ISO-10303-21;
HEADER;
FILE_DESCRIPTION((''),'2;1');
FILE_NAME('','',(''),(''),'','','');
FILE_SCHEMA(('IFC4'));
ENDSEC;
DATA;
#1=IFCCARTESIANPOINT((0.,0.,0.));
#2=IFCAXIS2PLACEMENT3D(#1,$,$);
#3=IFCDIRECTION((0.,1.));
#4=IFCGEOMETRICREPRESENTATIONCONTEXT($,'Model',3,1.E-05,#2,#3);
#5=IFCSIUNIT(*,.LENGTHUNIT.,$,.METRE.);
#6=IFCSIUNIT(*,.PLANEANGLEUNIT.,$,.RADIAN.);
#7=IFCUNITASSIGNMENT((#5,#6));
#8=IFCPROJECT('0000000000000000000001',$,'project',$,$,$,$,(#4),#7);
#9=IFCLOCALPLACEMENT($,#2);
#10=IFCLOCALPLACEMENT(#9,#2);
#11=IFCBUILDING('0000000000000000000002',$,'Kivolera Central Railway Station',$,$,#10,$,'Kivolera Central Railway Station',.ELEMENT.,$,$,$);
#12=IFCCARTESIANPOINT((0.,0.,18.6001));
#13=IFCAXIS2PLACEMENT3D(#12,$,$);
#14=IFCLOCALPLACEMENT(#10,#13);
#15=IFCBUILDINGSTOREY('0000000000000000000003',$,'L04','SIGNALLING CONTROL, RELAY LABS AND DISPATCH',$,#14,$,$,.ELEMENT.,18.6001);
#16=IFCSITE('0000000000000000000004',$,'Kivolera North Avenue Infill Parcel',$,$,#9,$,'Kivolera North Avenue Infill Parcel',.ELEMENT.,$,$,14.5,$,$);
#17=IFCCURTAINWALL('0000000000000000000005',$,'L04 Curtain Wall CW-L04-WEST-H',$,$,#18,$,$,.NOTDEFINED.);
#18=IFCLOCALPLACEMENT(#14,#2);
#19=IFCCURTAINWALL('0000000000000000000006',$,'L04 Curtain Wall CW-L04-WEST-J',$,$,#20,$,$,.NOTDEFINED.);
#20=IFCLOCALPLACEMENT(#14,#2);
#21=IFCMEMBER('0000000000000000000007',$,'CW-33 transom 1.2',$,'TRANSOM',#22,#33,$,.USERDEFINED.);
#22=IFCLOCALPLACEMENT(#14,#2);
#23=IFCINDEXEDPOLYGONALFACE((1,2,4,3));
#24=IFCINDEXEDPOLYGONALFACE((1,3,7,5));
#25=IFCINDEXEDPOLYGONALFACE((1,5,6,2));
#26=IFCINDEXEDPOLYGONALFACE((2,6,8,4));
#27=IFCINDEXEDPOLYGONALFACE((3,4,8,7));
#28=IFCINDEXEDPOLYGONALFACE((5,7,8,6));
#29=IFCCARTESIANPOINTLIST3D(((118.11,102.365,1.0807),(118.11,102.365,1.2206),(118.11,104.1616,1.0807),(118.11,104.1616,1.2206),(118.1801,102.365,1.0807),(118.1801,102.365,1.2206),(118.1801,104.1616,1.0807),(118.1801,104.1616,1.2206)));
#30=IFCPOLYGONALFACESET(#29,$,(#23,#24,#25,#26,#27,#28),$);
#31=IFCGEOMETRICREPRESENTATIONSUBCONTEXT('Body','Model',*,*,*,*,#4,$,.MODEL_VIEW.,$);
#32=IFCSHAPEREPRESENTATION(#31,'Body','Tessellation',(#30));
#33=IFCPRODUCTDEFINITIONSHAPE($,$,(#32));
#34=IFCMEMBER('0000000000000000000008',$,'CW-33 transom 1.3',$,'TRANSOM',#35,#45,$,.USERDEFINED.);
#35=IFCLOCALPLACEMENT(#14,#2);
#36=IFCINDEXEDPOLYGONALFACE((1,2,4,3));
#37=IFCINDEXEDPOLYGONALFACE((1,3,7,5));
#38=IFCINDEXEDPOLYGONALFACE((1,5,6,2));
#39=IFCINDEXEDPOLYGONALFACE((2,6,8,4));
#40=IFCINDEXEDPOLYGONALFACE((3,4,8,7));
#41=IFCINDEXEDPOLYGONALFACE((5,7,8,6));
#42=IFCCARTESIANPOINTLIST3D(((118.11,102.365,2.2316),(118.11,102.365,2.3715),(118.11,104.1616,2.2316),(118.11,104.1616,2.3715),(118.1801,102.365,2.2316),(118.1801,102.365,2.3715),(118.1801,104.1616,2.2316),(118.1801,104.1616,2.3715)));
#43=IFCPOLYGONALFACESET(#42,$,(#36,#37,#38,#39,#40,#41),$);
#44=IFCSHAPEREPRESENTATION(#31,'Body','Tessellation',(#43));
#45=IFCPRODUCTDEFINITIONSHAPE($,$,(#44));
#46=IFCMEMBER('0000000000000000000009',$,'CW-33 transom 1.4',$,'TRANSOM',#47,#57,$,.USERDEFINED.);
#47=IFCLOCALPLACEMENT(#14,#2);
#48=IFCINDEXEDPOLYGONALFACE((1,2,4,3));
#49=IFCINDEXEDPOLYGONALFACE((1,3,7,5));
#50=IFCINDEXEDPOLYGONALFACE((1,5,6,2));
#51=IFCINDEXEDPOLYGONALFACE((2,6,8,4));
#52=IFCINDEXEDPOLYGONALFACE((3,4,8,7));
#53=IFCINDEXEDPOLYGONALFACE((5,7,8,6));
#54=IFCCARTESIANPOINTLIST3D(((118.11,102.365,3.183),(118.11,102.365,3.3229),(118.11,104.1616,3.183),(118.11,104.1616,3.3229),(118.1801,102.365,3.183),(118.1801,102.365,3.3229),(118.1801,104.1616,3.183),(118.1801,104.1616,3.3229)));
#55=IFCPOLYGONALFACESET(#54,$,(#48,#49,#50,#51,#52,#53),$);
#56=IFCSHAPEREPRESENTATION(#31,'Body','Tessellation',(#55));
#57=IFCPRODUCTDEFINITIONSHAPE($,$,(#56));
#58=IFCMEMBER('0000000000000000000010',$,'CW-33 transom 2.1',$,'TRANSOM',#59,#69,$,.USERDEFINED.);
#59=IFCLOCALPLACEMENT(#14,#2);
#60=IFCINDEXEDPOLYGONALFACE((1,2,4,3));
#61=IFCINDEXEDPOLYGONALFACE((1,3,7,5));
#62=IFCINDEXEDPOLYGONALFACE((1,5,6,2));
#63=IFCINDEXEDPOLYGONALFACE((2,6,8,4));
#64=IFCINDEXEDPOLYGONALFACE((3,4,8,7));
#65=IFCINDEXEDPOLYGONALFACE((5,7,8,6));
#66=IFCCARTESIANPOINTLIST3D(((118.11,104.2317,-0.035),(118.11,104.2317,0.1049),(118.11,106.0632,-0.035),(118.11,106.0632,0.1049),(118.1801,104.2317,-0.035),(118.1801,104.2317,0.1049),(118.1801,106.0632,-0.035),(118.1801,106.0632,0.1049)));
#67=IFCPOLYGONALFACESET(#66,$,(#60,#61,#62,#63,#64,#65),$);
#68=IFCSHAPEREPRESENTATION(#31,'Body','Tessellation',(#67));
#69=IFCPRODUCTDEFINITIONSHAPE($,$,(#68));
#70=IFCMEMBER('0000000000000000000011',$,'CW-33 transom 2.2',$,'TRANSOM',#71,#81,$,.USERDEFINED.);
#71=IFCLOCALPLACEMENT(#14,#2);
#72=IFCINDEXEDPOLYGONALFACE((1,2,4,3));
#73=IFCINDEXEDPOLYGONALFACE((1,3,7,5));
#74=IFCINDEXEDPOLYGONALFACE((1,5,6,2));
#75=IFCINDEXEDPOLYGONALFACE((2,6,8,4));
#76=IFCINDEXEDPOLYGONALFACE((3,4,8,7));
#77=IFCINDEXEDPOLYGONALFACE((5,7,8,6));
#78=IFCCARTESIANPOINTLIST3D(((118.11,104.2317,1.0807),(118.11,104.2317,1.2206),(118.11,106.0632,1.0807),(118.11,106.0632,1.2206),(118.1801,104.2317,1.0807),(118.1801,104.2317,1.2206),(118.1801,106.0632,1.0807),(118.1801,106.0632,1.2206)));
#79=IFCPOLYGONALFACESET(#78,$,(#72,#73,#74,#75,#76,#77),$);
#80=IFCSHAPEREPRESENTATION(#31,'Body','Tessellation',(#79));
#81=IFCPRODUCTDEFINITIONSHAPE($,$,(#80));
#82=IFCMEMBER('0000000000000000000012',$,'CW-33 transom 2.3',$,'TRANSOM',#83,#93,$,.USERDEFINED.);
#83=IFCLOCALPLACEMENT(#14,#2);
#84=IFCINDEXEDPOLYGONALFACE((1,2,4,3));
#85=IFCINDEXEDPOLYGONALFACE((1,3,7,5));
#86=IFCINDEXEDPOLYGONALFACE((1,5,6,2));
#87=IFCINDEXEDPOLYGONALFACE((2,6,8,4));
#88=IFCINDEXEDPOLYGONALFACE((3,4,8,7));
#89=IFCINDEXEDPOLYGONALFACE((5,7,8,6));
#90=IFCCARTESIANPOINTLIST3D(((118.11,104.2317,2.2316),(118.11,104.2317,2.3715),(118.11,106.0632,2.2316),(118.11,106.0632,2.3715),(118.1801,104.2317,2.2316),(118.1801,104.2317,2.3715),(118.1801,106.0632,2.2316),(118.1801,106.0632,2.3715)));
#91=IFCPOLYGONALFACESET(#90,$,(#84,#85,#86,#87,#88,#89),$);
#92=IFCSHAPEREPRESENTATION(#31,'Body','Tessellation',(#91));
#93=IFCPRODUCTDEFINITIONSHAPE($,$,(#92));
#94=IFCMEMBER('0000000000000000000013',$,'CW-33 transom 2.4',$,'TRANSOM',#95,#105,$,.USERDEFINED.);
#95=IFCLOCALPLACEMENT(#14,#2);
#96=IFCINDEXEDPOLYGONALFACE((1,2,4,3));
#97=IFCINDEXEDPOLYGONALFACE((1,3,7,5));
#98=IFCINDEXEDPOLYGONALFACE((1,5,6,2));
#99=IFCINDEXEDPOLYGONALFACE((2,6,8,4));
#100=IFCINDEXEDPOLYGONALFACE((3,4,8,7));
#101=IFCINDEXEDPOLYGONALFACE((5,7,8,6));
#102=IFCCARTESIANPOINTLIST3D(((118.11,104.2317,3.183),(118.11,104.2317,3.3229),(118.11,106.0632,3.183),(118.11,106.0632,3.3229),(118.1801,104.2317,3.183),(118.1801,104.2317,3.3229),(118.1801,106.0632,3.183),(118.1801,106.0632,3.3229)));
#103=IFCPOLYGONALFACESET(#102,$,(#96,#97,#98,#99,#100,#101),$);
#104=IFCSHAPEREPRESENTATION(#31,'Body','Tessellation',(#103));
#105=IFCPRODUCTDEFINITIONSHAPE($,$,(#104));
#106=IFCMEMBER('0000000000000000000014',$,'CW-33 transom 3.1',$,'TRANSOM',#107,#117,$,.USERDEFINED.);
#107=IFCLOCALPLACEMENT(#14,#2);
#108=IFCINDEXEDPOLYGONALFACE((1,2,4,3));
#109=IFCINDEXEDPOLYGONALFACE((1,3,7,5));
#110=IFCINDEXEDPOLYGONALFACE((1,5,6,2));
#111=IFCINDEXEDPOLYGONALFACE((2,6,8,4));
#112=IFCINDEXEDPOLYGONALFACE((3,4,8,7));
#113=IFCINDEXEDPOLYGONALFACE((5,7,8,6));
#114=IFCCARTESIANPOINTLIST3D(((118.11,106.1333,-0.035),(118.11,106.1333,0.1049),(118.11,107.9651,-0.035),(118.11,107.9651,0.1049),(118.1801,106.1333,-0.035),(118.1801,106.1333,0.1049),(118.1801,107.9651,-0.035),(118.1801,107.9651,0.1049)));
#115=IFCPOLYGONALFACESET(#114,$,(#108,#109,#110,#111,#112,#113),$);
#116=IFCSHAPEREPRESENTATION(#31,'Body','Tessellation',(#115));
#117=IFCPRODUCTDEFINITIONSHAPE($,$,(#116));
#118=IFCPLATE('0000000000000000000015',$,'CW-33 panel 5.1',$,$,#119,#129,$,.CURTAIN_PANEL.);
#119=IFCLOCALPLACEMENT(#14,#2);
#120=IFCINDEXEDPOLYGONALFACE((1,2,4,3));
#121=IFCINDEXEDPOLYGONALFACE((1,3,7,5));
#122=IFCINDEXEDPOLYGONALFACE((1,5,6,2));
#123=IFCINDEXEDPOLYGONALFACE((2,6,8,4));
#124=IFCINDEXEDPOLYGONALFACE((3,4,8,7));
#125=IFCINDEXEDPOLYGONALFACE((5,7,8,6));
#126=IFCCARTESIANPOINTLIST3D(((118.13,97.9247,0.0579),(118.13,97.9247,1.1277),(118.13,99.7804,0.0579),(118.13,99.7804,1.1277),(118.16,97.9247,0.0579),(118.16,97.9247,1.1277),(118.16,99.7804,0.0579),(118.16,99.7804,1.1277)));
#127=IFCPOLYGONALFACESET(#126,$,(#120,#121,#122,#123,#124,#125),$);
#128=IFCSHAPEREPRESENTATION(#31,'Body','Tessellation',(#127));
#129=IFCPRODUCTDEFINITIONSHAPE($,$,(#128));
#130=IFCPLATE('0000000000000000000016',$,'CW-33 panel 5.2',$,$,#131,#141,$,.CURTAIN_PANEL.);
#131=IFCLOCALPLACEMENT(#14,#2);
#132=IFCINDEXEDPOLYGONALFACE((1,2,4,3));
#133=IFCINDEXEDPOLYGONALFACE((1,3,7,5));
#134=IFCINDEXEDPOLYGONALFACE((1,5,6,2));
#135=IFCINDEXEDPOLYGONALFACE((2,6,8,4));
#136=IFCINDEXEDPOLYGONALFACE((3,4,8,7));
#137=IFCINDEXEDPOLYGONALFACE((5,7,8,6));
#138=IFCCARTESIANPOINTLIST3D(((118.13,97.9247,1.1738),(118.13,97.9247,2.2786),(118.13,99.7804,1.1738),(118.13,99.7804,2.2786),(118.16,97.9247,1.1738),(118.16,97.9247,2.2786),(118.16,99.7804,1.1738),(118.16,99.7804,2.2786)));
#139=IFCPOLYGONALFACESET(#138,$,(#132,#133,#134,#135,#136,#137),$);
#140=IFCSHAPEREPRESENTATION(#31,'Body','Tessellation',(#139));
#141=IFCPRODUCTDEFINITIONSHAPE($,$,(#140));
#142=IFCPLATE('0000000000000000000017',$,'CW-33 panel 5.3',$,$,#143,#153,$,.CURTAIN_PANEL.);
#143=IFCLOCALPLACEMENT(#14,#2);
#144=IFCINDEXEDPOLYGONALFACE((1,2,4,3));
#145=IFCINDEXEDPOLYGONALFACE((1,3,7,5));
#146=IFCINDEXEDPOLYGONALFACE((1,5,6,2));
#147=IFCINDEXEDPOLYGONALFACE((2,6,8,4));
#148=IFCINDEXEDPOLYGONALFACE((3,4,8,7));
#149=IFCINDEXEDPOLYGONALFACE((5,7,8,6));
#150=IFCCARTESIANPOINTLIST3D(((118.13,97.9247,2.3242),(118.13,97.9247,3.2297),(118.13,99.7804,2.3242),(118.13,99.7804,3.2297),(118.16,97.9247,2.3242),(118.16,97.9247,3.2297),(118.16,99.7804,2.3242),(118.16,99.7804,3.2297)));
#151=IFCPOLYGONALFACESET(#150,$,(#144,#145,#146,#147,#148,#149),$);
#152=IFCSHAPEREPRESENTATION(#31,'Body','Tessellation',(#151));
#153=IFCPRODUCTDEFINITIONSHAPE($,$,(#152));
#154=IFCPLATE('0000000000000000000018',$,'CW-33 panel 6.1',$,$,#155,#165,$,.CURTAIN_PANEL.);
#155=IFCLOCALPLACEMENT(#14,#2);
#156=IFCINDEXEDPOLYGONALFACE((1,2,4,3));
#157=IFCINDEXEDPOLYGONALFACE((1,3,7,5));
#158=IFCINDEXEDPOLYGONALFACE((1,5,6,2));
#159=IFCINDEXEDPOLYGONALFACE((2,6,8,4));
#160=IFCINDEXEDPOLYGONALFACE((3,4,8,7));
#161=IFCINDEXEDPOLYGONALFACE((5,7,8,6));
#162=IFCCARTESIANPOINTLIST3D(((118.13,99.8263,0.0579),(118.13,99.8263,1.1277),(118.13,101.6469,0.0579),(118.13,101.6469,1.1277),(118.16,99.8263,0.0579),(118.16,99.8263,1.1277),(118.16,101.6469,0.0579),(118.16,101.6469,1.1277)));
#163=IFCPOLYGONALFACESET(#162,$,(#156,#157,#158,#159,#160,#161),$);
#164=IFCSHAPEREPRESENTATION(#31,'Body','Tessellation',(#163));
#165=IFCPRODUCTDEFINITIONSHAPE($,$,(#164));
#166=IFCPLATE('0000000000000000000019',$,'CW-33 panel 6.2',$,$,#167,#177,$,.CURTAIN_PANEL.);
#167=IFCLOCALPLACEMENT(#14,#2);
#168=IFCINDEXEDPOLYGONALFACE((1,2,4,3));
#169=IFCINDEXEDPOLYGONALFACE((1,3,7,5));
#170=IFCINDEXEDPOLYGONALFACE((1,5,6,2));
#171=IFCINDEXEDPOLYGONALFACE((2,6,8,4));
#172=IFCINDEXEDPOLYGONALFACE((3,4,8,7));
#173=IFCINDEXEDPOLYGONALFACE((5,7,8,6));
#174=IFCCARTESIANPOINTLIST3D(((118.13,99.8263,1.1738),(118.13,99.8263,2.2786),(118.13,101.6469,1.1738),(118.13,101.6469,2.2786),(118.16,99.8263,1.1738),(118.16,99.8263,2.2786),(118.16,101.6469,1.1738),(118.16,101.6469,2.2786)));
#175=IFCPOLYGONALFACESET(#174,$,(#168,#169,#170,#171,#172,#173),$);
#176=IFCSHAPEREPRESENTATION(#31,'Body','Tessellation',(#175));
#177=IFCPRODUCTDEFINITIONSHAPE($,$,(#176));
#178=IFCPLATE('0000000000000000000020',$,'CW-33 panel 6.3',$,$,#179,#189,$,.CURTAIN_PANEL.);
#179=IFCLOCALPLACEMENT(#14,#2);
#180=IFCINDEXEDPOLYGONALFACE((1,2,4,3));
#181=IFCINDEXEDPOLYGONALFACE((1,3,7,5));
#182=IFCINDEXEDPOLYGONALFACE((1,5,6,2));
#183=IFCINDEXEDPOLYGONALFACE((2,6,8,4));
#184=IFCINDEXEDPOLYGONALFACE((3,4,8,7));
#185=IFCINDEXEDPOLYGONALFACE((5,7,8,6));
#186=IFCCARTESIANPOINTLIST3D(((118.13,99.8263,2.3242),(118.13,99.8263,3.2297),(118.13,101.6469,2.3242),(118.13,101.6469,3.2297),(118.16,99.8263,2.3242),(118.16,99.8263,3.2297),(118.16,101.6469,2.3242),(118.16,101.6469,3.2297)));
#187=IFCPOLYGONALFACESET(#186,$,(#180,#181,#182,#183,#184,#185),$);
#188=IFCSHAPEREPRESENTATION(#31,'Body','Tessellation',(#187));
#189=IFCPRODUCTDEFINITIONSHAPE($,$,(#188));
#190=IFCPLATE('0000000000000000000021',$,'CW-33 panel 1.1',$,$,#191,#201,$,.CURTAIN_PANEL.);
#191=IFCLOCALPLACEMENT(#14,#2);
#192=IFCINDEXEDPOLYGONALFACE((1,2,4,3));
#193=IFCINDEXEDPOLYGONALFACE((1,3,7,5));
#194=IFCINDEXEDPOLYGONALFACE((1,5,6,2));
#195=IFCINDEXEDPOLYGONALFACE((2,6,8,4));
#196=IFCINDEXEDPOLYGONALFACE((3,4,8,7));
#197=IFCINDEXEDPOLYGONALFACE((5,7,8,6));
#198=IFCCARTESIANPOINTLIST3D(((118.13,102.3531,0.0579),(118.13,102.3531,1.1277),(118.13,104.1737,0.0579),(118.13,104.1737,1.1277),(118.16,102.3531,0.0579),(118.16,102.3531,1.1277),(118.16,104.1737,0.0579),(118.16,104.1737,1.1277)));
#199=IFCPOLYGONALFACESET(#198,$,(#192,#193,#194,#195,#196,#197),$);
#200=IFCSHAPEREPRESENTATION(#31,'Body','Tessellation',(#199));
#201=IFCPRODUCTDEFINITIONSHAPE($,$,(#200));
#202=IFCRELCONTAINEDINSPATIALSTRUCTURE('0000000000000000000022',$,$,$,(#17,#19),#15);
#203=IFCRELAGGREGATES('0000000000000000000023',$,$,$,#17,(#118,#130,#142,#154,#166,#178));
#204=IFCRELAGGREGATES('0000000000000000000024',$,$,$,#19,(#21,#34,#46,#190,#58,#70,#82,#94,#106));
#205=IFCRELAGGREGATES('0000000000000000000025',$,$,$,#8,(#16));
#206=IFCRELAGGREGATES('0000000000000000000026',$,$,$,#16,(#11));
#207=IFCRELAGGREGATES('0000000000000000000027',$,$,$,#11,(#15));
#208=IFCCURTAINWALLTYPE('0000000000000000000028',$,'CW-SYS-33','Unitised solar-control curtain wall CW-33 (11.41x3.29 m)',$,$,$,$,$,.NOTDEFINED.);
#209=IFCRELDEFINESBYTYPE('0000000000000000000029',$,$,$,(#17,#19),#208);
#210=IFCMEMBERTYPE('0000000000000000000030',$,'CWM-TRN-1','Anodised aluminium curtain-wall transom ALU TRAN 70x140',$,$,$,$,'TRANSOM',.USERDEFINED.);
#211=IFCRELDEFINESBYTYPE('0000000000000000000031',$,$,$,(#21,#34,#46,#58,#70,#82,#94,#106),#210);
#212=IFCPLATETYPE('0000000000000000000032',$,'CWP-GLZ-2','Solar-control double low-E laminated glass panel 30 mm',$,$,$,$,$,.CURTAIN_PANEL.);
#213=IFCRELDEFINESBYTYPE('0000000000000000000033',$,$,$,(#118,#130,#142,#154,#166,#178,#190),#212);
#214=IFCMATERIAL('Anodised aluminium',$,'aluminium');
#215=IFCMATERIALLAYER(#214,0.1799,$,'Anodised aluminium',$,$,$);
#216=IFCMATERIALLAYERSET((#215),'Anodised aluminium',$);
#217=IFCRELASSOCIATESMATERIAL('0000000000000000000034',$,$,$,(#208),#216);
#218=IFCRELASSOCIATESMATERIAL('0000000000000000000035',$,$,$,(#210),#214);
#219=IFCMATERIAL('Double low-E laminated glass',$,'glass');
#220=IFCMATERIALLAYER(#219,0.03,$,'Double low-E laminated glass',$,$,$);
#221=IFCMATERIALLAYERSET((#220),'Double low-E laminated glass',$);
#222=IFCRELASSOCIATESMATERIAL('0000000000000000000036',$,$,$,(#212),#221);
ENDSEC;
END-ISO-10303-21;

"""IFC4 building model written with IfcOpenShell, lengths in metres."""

from ifc_helpers import new_model, si_unit, direction, frame, origin, origin_2d, place, context, subcontext, project, spatial, rectangle, extrude, material, layer, layer_set, material_profile, profile_set, type_object, element, aggregate, save


model = new_model("IFC4")

# Units and contexts
model_context = context("Model", 3, precision=1e-05, world=origin(), true_north=direction((0.0, 1.0)))
body_context = subcontext(model_context, "Body", "Model", "MODEL_VIEW")
ifc_project = project(units=[si_unit("LENGTHUNIT", "METRE"), si_unit("PLANEANGLEUNIT", "RADIAN")], contexts=[model_context])

# Site, building, storey
site_placement = place(None, origin())
site = spatial("IfcSite", under=ifc_project, at=site_placement, Name="Kivolera North Avenue Infill Parcel", LongName="Kivolera North Avenue Infill Parcel", CompositionType="ELEMENT", RefElevation=14.5)
building_placement = place(site_placement, origin())
building = spatial("IfcBuilding", under=site, at=building_placement, Name="Kivolera Central Railway Station", LongName="Kivolera Central Railway Station", CompositionType="ELEMENT")
storey_placement = place(building_placement, frame((0.0, 0.0, 18.6001)))
storey = spatial("IfcBuildingStorey", under=building, at=storey_placement, Name="L04", Description="SIGNALLING CONTROL, RELAY LABS AND DISPATCH", CompositionType="ELEMENT", Elevation=18.6001)

# Curtain walls
ifc_material_1 = material(Name="Anodised aluminium", Category="aluminium")
ifc_layer_1 = layer(ifc_material_1, 0.1799, Name="Anodised aluminium")
ifc_layer_set_1 = layer_set([ifc_layer_1], Name="Anodised aluminium")
curtain_wall_type = type_object("IfcCurtainWallType", Name="CW-SYS-33", Description="Unitised solar-control curtain wall CW-33 (11.41x3.29 m)", PredefinedType="NOTDEFINED", material=ifc_layer_set_1)
curtain_wall_1_placement = place(storey_placement, origin())
curtain_wall_1 = element("IfcCurtainWall", 1, at=curtain_wall_1_placement, inside=storey, type_object=curtain_wall_type, Name="L04 Curtain Wall CW-L04-WEST-H", PredefinedType="NOTDEFINED")
curtain_wall_2_placement = place(storey_placement, origin())
curtain_wall_2 = element("IfcCurtainWall", 2, at=curtain_wall_2_placement, inside=storey, type_object=curtain_wall_type, Name="L04 Curtain Wall CW-L04-WEST-J", PredefinedType="NOTDEFINED")

# Members
ifc_material_profile_1 = material_profile(ifc_material_1, rectangle(XDim=0.0701, YDim=0.1399, at=origin_2d()), Name="ALU TRAN 70x140")
ifc_profile_set_1 = profile_set([ifc_material_profile_1], Name="Anodised aluminium")
member_type_1 = type_object("IfcMemberType", Name="CWM-TRN-1", Description="Anodised aluminium curtain-wall transom ALU TRAN 70x140", ElementType="TRANSOM", PredefinedType="USERDEFINED", material=ifc_profile_set_1)
member_1_placement = place(storey_placement, frame((118.145, 102.365, 1.1506), z_axis=(0.0, 1.0, 0.0), x_axis=(-1.0, 0.0, 0.0)))
member_1 = element("IfcMember", 3, at=member_1_placement, type_object=member_type_1, Name="CW-33 transom 1.2", ObjectType="TRANSOM", PredefinedType="USERDEFINED", context=body_context, shape_type="SweptSolid", body=[
    extrude(rectangle(XDim=0.0701, YDim=0.1399, at=origin_2d()), origin(), (0.0, 0.0, 1.0), 1.7966),
])
member_2_placement = place(storey_placement, frame((118.145, 102.365, 2.3015), z_axis=(0.0, 1.0, 0.0), x_axis=(-1.0, 0.0, 0.0)))
member_2 = element("IfcMember", 4, at=member_2_placement, type_object=member_type_1, Name="CW-33 transom 1.3", ObjectType="TRANSOM", PredefinedType="USERDEFINED", context=body_context, shape_type="SweptSolid", body=[
    extrude(rectangle(XDim=0.0701, YDim=0.1399, at=origin_2d()), origin(), (0.0, 0.0, 1.0), 1.7966),
])
member_3_placement = place(storey_placement, frame((118.145, 102.365, 3.2529), z_axis=(0.0, 1.0, 0.0), x_axis=(-1.0, 0.0, 0.0)))
member_3 = element("IfcMember", 5, at=member_3_placement, type_object=member_type_1, Name="CW-33 transom 1.4", ObjectType="TRANSOM", PredefinedType="USERDEFINED", context=body_context, shape_type="SweptSolid", body=[
    extrude(rectangle(XDim=0.0701, YDim=0.1399, at=origin_2d()), origin(), (0.0, 0.0, 1.0), 1.7966),
])
member_4_placement = place(storey_placement, frame((118.145, 104.2317, 0.0349), z_axis=(0.0, 1.0, 0.0), x_axis=(-1.0, 0.0, 0.0)))
member_4 = element("IfcMember", 6, at=member_4_placement, type_object=member_type_1, Name="CW-33 transom 2.1", ObjectType="TRANSOM", PredefinedType="USERDEFINED", context=body_context, shape_type="SweptSolid", body=[
    extrude(rectangle(XDim=0.0701, YDim=0.1399, at=origin_2d()), origin(), (0.0, 0.0, 1.0), 1.8315),
])
member_5_placement = place(storey_placement, frame((118.145, 104.2317, 1.1506), z_axis=(0.0, 1.0, 0.0), x_axis=(-1.0, 0.0, 0.0)))
member_5 = element("IfcMember", 7, at=member_5_placement, type_object=member_type_1, Name="CW-33 transom 2.2", ObjectType="TRANSOM", PredefinedType="USERDEFINED", context=body_context, shape_type="SweptSolid", body=[
    extrude(rectangle(XDim=0.0701, YDim=0.1399, at=origin_2d()), origin(), (0.0, 0.0, 1.0), 1.8315),
])
member_6_placement = place(storey_placement, frame((118.145, 104.2317, 2.3015), z_axis=(0.0, 1.0, 0.0), x_axis=(-1.0, 0.0, 0.0)))
member_6 = element("IfcMember", 8, at=member_6_placement, type_object=member_type_1, Name="CW-33 transom 2.3", ObjectType="TRANSOM", PredefinedType="USERDEFINED", context=body_context, shape_type="SweptSolid", body=[
    extrude(rectangle(XDim=0.0701, YDim=0.1399, at=origin_2d()), origin(), (0.0, 0.0, 1.0), 1.8315),
])
member_7_placement = place(storey_placement, frame((118.145, 104.2317, 3.2529), z_axis=(0.0, 1.0, 0.0), x_axis=(-1.0, 0.0, 0.0)))
member_7 = element("IfcMember", 9, at=member_7_placement, type_object=member_type_1, Name="CW-33 transom 2.4", ObjectType="TRANSOM", PredefinedType="USERDEFINED", context=body_context, shape_type="SweptSolid", body=[
    extrude(rectangle(XDim=0.0701, YDim=0.1399, at=origin_2d()), origin(), (0.0, 0.0, 1.0), 1.8315),
])
member_8_placement = place(storey_placement, frame((118.145, 106.1333, 0.0349), z_axis=(0.0, 1.0, 0.0), x_axis=(-1.0, 0.0, 0.0)))
member_8 = element("IfcMember", 10, at=member_8_placement, type_object=member_type_1, Name="CW-33 transom 3.1", ObjectType="TRANSOM", PredefinedType="USERDEFINED", context=body_context, shape_type="SweptSolid", body=[
    extrude(rectangle(XDim=0.0701, YDim=0.1399, at=origin_2d()), origin(), (0.0, 0.0, 1.0), 1.8318),
])

# Plates
ifc_material_2 = material(Name="Double low-E laminated glass", Category="glass")
ifc_layer_2 = layer(ifc_material_2, 0.03, Name="Double low-E laminated glass")
ifc_layer_set_2 = layer_set([ifc_layer_2], Name="Double low-E laminated glass")
plate_type = type_object("IfcPlateType", Name="CWP-GLZ-2", Description="Solar-control double low-E laminated glass panel 30 mm", PredefinedType="CURTAIN_PANEL", material=ifc_layer_set_2)
plate_1_placement = place(storey_placement, frame((118.145, 98.8525, 0.0579), z_axis=(0.0, 0.0, 1.0), x_axis=(0.0, 1.0, 0.0)))
plate_1 = element("IfcPlate", 11, at=plate_1_placement, type_object=plate_type, Name="CW-33 panel 5.1", PredefinedType="CURTAIN_PANEL", context=body_context, shape_type="SweptSolid", body=[
    extrude(rectangle(XDim=1.8557, YDim=0.03, at=origin_2d()), origin(), (0.0, 0.0, 1.0), 1.0698),
])
plate_2_placement = place(storey_placement, frame((118.145, 98.8525, 1.1738), z_axis=(0.0, 0.0, 1.0), x_axis=(0.0, 1.0, 0.0)))
plate_2 = element("IfcPlate", 12, at=plate_2_placement, type_object=plate_type, Name="CW-33 panel 5.2", PredefinedType="CURTAIN_PANEL", context=body_context, shape_type="SweptSolid", body=[
    extrude(rectangle(XDim=1.8557, YDim=0.03, at=origin_2d()), origin(), (0.0, 0.0, 1.0), 1.1047),
])
plate_3_placement = place(storey_placement, frame((118.145, 98.8525, 2.3242), z_axis=(0.0, 0.0, 1.0), x_axis=(0.0, 1.0, 0.0)))
plate_3 = element("IfcPlate", 13, at=plate_3_placement, type_object=plate_type, Name="CW-33 panel 5.3", PredefinedType="CURTAIN_PANEL", context=body_context, shape_type="SweptSolid", body=[
    extrude(rectangle(XDim=1.8557, YDim=0.03, at=origin_2d()), origin(), (0.0, 0.0, 1.0), 0.9055),
])
plate_4_placement = place(storey_placement, frame((118.145, 100.7366, 0.0579), z_axis=(0.0, 0.0, 1.0), x_axis=(0.0, 1.0, 0.0)))
plate_4 = element("IfcPlate", 14, at=plate_4_placement, type_object=plate_type, Name="CW-33 panel 6.1", PredefinedType="CURTAIN_PANEL", context=body_context, shape_type="SweptSolid", body=[
    extrude(rectangle(XDim=1.8206, YDim=0.03, at=origin_2d()), origin(), (0.0, 0.0, 1.0), 1.0698),
])
plate_5_placement = place(storey_placement, frame((118.145, 100.7366, 1.1738), z_axis=(0.0, 0.0, 1.0), x_axis=(0.0, 1.0, 0.0)))
plate_5 = element("IfcPlate", 15, at=plate_5_placement, type_object=plate_type, Name="CW-33 panel 6.2", PredefinedType="CURTAIN_PANEL", context=body_context, shape_type="SweptSolid", body=[
    extrude(rectangle(XDim=1.8206, YDim=0.03, at=origin_2d()), origin(), (0.0, 0.0, 1.0), 1.1047),
])
plate_6_placement = place(storey_placement, frame((118.145, 100.7366, 2.3242), z_axis=(0.0, 0.0, 1.0), x_axis=(0.0, 1.0, 0.0)))
plate_6 = element("IfcPlate", 16, at=plate_6_placement, type_object=plate_type, Name="CW-33 panel 6.3", PredefinedType="CURTAIN_PANEL", context=body_context, shape_type="SweptSolid", body=[
    extrude(rectangle(XDim=1.8206, YDim=0.03, at=origin_2d()), origin(), (0.0, 0.0, 1.0), 0.9055),
])
aggregate(curtain_wall_1, [plate_1, plate_2, plate_3, plate_4, plate_5, plate_6])
plate_7_placement = place(storey_placement, frame((118.145, 103.2634, 0.0579), z_axis=(0.0, 0.0, 1.0), x_axis=(0.0, 1.0, 0.0)))
plate_7 = element("IfcPlate", 17, at=plate_7_placement, type_object=plate_type, Name="CW-33 panel 1.1", PredefinedType="CURTAIN_PANEL", context=body_context, shape_type="SweptSolid", body=[
    extrude(rectangle(XDim=1.8206, YDim=0.03, at=origin_2d()), origin(), (0.0, 0.0, 1.0), 1.0698),
])
aggregate(curtain_wall_2, [member_1, member_2, member_3, plate_7, member_4, member_5, member_6, member_7, member_8])

save(model, "model.ifc")
